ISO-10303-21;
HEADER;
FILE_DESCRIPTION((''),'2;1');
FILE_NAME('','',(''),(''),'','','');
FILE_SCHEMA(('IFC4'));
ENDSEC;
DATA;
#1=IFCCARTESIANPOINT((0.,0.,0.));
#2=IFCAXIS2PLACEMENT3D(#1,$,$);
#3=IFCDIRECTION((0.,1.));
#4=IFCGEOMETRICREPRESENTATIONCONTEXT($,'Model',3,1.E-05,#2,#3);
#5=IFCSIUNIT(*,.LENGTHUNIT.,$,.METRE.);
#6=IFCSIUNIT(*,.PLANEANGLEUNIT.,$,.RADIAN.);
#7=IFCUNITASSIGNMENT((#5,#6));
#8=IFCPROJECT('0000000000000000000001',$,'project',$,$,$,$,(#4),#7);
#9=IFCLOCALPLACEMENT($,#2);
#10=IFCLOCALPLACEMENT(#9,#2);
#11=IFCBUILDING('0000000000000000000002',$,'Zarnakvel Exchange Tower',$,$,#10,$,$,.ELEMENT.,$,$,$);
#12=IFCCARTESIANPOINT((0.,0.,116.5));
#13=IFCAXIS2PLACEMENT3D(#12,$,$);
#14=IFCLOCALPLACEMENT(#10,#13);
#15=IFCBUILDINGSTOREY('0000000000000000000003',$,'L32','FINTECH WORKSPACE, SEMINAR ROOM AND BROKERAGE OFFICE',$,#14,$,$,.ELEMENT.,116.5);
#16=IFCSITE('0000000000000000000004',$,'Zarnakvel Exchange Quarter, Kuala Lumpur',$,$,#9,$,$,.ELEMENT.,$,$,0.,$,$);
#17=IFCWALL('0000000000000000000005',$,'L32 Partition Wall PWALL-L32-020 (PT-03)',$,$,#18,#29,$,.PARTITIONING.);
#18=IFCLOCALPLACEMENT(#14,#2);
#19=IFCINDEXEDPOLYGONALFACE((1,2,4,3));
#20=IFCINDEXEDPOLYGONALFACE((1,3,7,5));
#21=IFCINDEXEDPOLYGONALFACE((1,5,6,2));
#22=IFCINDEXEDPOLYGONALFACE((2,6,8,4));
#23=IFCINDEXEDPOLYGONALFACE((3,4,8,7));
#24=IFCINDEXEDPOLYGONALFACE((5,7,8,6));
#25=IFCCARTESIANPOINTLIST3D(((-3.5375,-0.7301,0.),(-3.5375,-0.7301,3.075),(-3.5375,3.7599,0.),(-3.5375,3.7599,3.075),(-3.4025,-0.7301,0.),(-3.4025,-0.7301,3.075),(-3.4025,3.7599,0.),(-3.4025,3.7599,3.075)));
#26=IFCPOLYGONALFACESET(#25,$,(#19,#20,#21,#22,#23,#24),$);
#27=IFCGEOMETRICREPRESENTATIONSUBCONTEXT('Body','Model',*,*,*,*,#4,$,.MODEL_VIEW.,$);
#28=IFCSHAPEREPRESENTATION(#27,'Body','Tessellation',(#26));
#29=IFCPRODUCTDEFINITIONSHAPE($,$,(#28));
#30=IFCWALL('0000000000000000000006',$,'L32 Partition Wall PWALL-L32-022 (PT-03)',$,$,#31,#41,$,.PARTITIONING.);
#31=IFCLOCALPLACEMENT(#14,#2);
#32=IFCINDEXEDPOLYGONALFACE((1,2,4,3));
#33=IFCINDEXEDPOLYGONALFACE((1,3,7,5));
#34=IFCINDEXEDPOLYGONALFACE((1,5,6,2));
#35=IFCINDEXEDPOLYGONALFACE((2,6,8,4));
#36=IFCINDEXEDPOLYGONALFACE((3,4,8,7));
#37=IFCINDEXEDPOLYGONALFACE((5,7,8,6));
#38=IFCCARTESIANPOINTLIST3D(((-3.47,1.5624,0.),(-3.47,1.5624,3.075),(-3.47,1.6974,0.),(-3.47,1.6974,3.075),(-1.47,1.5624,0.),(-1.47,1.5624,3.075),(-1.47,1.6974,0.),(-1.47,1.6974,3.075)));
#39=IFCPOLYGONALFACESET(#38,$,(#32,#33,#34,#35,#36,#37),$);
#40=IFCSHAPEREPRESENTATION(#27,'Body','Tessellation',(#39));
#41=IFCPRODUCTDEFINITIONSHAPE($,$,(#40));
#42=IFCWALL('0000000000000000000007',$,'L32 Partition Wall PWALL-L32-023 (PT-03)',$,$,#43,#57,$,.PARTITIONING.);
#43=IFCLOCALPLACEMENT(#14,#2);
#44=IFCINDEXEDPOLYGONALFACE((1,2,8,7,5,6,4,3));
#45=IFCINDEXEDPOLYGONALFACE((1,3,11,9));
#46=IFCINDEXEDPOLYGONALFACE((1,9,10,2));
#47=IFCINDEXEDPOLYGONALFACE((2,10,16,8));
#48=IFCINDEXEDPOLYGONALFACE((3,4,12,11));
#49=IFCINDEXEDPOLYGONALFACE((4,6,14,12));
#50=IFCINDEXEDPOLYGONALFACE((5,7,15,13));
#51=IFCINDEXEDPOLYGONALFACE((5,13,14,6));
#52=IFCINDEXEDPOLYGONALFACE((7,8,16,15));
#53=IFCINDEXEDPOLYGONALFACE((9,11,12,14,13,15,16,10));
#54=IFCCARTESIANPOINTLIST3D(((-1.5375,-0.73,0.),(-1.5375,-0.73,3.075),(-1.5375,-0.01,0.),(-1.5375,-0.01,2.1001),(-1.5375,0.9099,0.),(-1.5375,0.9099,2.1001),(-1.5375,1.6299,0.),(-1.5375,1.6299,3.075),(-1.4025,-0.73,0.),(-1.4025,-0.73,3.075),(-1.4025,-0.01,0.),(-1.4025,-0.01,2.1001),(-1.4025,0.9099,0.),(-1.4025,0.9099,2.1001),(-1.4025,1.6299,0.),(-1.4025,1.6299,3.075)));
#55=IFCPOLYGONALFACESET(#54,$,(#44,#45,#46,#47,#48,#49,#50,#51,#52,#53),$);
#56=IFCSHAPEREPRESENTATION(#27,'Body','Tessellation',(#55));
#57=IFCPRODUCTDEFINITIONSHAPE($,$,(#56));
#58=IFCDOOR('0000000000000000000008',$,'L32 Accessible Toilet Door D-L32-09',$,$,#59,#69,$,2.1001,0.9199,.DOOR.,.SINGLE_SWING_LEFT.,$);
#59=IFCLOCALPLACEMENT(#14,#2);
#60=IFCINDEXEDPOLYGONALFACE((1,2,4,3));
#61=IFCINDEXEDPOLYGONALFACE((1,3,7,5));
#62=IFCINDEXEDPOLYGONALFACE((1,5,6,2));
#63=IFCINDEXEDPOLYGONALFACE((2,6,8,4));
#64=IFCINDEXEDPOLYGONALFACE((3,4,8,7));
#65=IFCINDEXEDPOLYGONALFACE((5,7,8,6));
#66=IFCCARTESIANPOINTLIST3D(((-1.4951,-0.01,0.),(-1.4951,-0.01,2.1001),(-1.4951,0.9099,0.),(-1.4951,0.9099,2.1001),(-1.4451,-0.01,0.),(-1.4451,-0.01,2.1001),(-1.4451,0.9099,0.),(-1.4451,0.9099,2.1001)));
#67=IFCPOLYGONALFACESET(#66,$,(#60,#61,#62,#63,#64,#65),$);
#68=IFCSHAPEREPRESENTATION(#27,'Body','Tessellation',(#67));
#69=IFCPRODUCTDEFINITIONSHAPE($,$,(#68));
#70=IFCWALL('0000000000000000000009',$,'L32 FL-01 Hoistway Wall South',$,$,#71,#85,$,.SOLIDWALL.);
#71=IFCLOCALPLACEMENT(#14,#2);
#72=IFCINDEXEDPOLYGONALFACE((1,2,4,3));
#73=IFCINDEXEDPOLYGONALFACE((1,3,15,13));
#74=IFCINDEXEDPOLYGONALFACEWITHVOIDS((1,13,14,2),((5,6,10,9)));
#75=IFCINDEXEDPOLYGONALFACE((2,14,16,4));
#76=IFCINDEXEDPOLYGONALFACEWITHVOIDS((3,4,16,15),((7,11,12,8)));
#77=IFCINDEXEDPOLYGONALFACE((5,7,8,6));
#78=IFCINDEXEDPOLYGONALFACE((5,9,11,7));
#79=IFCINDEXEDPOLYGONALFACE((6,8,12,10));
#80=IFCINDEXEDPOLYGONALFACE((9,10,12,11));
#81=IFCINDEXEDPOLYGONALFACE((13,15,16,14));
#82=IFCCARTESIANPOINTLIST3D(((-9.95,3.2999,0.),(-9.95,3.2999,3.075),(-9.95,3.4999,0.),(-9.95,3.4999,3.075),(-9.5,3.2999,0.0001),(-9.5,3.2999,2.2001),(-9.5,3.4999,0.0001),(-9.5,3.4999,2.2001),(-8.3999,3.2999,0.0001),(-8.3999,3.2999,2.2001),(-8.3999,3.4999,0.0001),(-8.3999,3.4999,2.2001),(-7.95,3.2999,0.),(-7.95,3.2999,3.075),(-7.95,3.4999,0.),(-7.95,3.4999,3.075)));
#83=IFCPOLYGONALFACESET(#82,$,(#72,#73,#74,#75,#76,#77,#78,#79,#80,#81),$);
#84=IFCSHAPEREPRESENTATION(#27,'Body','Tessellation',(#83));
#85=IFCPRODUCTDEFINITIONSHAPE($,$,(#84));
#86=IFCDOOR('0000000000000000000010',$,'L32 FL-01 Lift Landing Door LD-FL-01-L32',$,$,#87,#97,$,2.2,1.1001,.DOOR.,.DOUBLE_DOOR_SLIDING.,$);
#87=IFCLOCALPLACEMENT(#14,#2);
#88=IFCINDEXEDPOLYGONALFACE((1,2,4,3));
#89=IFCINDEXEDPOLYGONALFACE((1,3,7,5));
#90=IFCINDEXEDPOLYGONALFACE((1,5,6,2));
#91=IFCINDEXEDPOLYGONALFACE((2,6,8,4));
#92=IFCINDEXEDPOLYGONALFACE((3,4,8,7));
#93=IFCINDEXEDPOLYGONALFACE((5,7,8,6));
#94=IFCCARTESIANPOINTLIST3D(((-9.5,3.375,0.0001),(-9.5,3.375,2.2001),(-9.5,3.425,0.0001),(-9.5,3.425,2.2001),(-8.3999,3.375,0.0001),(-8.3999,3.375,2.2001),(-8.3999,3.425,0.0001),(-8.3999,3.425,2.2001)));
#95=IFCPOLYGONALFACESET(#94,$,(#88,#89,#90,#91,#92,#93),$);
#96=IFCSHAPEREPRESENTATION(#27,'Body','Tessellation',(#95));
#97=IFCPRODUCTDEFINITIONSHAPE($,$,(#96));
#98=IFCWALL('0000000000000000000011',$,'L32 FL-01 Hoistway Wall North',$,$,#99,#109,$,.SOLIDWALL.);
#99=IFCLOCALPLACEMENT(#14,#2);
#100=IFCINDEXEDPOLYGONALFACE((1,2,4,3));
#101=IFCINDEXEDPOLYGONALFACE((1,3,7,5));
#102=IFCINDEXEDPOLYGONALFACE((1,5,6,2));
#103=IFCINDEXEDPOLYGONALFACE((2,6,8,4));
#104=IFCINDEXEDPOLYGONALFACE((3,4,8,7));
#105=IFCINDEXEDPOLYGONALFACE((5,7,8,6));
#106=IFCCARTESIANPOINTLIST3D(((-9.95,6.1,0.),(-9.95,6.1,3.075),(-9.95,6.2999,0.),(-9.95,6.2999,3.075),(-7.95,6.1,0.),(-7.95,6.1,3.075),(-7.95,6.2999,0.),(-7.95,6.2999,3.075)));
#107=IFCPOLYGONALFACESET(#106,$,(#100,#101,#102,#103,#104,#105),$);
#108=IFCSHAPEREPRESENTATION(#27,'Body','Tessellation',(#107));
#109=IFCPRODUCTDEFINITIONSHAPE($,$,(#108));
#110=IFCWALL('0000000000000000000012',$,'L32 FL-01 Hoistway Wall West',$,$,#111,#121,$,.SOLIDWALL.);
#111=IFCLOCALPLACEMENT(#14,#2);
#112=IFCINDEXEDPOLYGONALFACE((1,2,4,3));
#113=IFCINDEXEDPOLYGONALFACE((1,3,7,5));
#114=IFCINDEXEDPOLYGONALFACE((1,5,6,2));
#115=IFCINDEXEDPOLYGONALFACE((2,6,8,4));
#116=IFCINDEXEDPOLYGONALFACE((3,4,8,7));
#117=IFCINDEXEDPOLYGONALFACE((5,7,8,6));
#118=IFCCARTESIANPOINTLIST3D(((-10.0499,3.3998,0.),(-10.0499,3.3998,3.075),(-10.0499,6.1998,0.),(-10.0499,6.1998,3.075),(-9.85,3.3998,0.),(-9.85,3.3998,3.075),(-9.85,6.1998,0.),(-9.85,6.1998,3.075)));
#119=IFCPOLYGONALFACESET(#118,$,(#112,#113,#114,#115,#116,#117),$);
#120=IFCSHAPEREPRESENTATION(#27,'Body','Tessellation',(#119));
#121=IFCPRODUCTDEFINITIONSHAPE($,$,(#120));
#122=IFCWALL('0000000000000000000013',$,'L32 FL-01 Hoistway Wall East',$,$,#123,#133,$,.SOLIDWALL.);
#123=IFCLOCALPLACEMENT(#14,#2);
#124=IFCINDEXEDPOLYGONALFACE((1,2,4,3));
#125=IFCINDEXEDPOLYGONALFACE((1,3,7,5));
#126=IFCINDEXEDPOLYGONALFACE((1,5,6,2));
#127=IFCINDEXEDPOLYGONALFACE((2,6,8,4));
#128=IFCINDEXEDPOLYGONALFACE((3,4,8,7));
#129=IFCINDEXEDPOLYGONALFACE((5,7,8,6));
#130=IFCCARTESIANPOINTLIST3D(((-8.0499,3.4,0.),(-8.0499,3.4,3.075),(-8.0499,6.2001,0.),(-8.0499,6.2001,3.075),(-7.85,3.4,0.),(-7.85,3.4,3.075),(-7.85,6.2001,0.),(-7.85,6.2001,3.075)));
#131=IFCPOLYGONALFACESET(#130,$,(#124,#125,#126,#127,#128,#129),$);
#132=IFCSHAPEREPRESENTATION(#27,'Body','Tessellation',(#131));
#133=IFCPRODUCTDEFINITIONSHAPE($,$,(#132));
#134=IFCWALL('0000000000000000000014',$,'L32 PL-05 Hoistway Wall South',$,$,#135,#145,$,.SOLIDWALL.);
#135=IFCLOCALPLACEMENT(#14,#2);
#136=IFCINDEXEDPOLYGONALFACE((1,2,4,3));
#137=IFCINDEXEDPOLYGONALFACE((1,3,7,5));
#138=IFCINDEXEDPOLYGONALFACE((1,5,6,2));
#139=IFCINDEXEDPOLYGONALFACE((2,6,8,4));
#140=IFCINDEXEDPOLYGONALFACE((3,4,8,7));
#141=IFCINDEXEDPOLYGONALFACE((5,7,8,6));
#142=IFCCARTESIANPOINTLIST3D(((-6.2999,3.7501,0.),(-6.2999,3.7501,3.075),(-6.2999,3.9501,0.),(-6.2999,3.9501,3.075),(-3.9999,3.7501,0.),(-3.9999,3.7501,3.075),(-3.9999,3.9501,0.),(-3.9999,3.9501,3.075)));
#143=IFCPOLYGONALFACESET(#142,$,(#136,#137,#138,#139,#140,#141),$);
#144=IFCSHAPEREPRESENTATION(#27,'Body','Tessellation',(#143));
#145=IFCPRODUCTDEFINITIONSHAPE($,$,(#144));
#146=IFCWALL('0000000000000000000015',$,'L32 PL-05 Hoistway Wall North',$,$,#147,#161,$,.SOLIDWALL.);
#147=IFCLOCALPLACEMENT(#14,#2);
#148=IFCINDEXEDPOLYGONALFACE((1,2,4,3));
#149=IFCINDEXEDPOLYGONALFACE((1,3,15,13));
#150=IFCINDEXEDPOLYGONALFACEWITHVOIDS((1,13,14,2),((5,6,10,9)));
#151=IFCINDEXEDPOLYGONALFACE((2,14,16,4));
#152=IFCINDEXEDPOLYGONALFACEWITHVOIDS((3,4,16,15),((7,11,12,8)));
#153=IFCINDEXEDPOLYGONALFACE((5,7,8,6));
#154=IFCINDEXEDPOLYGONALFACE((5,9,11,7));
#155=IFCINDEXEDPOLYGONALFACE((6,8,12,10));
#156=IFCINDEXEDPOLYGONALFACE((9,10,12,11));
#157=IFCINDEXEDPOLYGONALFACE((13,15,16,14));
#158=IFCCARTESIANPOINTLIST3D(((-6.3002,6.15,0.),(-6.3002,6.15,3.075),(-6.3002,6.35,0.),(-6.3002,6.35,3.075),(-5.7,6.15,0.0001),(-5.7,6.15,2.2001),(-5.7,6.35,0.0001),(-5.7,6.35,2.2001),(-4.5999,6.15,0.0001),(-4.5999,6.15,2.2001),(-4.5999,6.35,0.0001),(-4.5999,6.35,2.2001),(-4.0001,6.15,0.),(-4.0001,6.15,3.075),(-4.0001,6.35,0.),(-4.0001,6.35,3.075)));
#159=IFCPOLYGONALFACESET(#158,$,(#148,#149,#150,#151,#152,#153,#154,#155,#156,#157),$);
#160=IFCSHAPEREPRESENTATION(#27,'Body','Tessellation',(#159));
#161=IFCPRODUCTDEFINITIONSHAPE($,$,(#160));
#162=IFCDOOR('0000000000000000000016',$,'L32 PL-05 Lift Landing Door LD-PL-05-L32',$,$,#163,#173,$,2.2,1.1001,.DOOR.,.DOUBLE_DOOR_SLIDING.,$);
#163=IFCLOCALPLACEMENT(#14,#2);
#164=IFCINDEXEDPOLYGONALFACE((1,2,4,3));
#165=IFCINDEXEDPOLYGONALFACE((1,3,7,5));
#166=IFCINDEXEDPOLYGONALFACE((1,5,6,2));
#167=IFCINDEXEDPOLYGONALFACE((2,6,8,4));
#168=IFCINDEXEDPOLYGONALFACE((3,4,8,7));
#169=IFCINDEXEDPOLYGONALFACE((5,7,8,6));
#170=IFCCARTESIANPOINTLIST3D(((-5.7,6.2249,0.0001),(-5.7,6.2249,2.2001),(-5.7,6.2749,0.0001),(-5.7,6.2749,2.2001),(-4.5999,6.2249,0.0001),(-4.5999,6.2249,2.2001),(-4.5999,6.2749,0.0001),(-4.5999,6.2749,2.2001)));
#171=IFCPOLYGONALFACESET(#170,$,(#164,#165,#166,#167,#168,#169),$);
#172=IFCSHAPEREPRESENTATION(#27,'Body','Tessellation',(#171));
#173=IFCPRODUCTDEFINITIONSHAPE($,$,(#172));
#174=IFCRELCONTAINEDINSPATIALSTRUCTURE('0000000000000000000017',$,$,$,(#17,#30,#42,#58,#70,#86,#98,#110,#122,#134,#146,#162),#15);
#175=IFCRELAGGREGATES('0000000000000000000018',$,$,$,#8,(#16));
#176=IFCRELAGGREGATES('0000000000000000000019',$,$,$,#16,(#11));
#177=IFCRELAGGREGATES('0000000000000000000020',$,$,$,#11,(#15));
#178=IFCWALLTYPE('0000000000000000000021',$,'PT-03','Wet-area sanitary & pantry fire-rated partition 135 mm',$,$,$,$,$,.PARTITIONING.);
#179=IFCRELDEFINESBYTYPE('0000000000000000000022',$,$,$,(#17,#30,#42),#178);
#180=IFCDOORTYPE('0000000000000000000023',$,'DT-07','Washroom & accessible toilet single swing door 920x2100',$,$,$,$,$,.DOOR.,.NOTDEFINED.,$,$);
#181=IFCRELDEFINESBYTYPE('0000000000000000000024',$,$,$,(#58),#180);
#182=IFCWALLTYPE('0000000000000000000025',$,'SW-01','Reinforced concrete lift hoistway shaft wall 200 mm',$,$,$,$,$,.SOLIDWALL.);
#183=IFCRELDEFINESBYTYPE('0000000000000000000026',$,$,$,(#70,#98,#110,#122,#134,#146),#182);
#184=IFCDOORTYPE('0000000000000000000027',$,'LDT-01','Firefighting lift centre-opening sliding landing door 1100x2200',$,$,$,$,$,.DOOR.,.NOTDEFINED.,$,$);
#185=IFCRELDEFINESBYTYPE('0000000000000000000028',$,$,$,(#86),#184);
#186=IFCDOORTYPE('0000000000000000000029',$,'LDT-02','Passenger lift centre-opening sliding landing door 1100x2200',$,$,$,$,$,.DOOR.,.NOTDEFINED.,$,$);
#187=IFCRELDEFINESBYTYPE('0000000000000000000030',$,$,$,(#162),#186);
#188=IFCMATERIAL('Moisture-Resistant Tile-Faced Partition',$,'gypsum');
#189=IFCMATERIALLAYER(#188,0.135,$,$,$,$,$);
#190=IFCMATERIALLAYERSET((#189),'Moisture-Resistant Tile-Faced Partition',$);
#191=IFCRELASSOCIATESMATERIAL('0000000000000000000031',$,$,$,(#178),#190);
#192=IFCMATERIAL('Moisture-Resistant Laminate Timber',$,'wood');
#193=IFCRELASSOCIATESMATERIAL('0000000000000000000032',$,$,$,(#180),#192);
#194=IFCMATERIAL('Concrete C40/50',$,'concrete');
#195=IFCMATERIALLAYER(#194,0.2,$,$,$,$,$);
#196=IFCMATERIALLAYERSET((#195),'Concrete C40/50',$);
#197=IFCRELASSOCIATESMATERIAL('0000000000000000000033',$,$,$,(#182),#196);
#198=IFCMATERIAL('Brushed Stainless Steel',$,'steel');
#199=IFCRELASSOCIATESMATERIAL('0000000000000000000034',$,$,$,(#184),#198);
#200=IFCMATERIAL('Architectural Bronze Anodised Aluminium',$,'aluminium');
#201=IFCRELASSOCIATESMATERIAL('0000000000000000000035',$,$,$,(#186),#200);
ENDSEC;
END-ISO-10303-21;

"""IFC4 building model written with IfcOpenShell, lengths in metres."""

from ifc_helpers import new_model, si_unit, direction, frame, frame_2d, origin, place, context, subcontext, project, spatial, rectangle, extrude, source, transform, mapped, material, layer, layer_set, type_object, element, fill, save


model = new_model("IFC4")

# Units and contexts
model_context = context("Model", 3, precision=1e-05, world=origin(), true_north=direction((0.0, 1.0)))
body_context = subcontext(model_context, "Body", "Model", "MODEL_VIEW")
ifc_project = project(units=[si_unit("LENGTHUNIT", "METRE"), si_unit("PLANEANGLEUNIT", "RADIAN")], contexts=[model_context])

# Site, building, storey
site_placement = place(None, origin())
site = spatial("IfcSite", under=ifc_project, at=site_placement, Name="Zarnakvel Exchange Quarter, Kuala Lumpur", CompositionType="ELEMENT", RefElevation=0.0)
building_placement = place(site_placement, origin())
building = spatial("IfcBuilding", under=site, at=building_placement, Name="Zarnakvel Exchange Tower", CompositionType="ELEMENT")
storey_placement = place(building_placement, frame((0.0, 0.0, 116.5)))
storey = spatial("IfcBuildingStorey", under=building, at=storey_placement, Name="L32", Description="FINTECH WORKSPACE, SEMINAR ROOM AND BROKERAGE OFFICE", CompositionType="ELEMENT", Elevation=116.5)

# Shared definitions
ifc_material_1 = material(Name="Concrete C40/50", Category="concrete")

# Walls
ifc_material_2 = material(Name="Moisture-Resistant Tile-Faced Partition", Category="gypsum")
ifc_layer_1 = layer(ifc_material_2, 0.135)
ifc_layer_set_1 = layer_set([ifc_layer_1], Name="Moisture-Resistant Tile-Faced Partition")
wall_type_1 = type_object("IfcWallType", Name="PT-03", Description="Wet-area sanitary & pantry fire-rated partition 135 mm", PredefinedType="PARTITIONING", material=ifc_layer_set_1)
wall_1_placement = place(storey_placement, frame((-3.47, 3.76, 0.0), z_axis=(0.0, 0.0, 1.0), x_axis=(0.0, -1.0, 0.0)))
element("IfcWall", 1, at=wall_1_placement, inside=storey, type_object=wall_type_1, Name="L32 Partition Wall PWALL-L32-020 (PT-03)", PredefinedType="PARTITIONING", context=body_context, shape_type="SweptSolid", body=[
    extrude(rectangle(XDim=4.49, YDim=0.135, at=frame_2d((2.2451, 0.0))), origin(), (0.0, 0.0, 1.0), 3.075),
])
wall_2_placement = place(storey_placement, frame((-3.47, 1.6299, 0.0), z_axis=(0.0, 0.0, 1.0), x_axis=(1.0, 0.0, 0.0)))
element("IfcWall", 2, at=wall_2_placement, inside=storey, type_object=wall_type_1, Name="L32 Partition Wall PWALL-L32-022 (PT-03)", PredefinedType="PARTITIONING", context=body_context, shape_type="SweptSolid", body=[
    extrude(rectangle(XDim=2.0, YDim=0.135, at=frame_2d((1.0, 0.0))), origin(), (0.0, 0.0, 1.0), 3.075),
])

# Walls, openings, doors
wall_3_placement = place(storey_placement, frame((-1.47, 1.6299, 0.0), z_axis=(0.0, 0.0, 1.0), x_axis=(0.0, -1.0, 0.0)))
wall_3 = element("IfcWall", 3, at=wall_3_placement, inside=storey, type_object=wall_type_1, Name="L32 Partition Wall PWALL-L32-023 (PT-03)", PredefinedType="PARTITIONING", context=body_context, shape_type="SweptSolid", body=[
    extrude(rectangle(XDim=2.3599, YDim=0.135, at=frame_2d((1.1799, 0.0))), origin(), (0.0, 0.0, 1.0), 3.075),
])
opening_1_placement = place(wall_3_placement, frame((0.72, 0.0, 0.0)))
opening_1 = element("IfcOpeningElement", 4, at=opening_1_placement, cuts=wall_3, PredefinedType="OPENING", context=body_context, shape_type="SweptSolid", body=[
    extrude(rectangle(XDim=0.9199, YDim=2.1001, at=frame_2d((0.46, 1.05))), frame((0.0, 0.0774, 0.0), z_axis=(0.0, -1.0, 0.0), x_axis=(1.0, 0.0, 0.0)), (0.0, 0.0, 1.0), 0.155),
])
ifc_material_3 = material(Name="Moisture-Resistant Laminate Timber", Category="wood")
door_type_1 = type_object("IfcDoorType", Name="DT-07", Description="Washroom & accessible toilet single swing door 920x2100", OperationType="NOTDEFINED", PredefinedType="DOOR", material=ifc_material_3)
shared_shape_1 = source(origin(), body_context, "Body", "SweptSolid", [
    extrude(rectangle(XDim=0.9199, YDim=2.1001, at=frame_2d((0.46, 1.05))), frame((0.0, 0.0249, 0.0), z_axis=(0.0, -1.0, 0.0), x_axis=(1.0, 0.0, 0.0)), (0.0, 0.0, 1.0), 0.05),
])
door_1_placement = place(opening_1_placement, origin())
door_1 = element("IfcDoor", 5, at=door_1_placement, inside=storey, type_object=door_type_1, Name="L32 Accessible Toilet Door D-L32-09", OperationType="SINGLE_SWING_LEFT", OverallHeight=2.1001, OverallWidth=0.9199, PredefinedType="DOOR", context=body_context, shape_type="MappedRepresentation", body=[
    mapped(shared_shape_1, transform((0.0, 0.0, 0.0), x_axis=(1.0, 0.0, 0.0), y_axis=(0.0, 1.0, 0.0), z_axis=(0.0, 0.0, 1.0), scale=1.0)),
])
fill(opening_1, door_1)
ifc_layer_2 = layer(ifc_material_1, 0.2)
ifc_layer_set_2 = layer_set([ifc_layer_2], Name="Concrete C40/50")
wall_type_2 = type_object("IfcWallType", Name="SW-01", Description="Reinforced concrete lift hoistway shaft wall 200 mm", PredefinedType="SOLIDWALL", material=ifc_layer_set_2)
wall_4_placement = place(storey_placement, frame((-7.95, 3.3999, 0.0), z_axis=(0.0, 0.0, 1.0), x_axis=(-1.0, 0.0, 0.0)))
wall_4 = element("IfcWall", 6, at=wall_4_placement, inside=storey, type_object=wall_type_2, Name="L32 FL-01 Hoistway Wall South", PredefinedType="SOLIDWALL", context=body_context, shape_type="SweptSolid", body=[
    extrude(rectangle(XDim=2.0, YDim=0.2, at=frame_2d((1.0, 0.0))), origin(), (0.0, 0.0, 1.0), 3.075),
])
opening_2_placement = place(wall_4_placement, frame((0.45, 0.0, 0.0)))
opening_2 = element("IfcOpeningElement", 7, at=opening_2_placement, cuts=wall_4, PredefinedType="OPENING", context=body_context, shape_type="SweptSolid", body=[
    extrude(rectangle(XDim=1.1001, YDim=2.2, at=frame_2d((0.55, 1.1001))), frame((0.0, 0.1099, 0.0), z_axis=(0.0, -1.0, 0.0), x_axis=(1.0, 0.0, 0.0)), (0.0, 0.0, 1.0), 0.22),
])
ifc_material_4 = material(Name="Brushed Stainless Steel", Category="steel")
door_type_2 = type_object("IfcDoorType", Name="LDT-01", Description="Firefighting lift centre-opening sliding landing door 1100x2200", OperationType="NOTDEFINED", PredefinedType="DOOR", material=ifc_material_4)
shared_shape_2 = source(origin(), body_context, "Body", "SweptSolid", [
    extrude(rectangle(XDim=1.1001, YDim=2.2, at=frame_2d((0.55, 1.1001))), frame((0.0, 0.0249, 0.0), z_axis=(0.0, -1.0, 0.0), x_axis=(1.0, 0.0, 0.0)), (0.0, 0.0, 1.0), 0.05),
])
door_2_placement = place(opening_2_placement, origin())
door_2 = element("IfcDoor", 8, at=door_2_placement, inside=storey, type_object=door_type_2, Name="L32 FL-01 Lift Landing Door LD-FL-01-L32", OperationType="DOUBLE_DOOR_SLIDING", OverallHeight=2.2, OverallWidth=1.1001, PredefinedType="DOOR", context=body_context, shape_type="MappedRepresentation", body=[
    mapped(shared_shape_2, transform((0.0, 0.0, 0.0), x_axis=(1.0, 0.0, 0.0), y_axis=(0.0, 1.0, 0.0), z_axis=(0.0, 0.0, 1.0), scale=1.0)),
])
fill(opening_2, door_2)

# Walls
wall_5_placement = place(storey_placement, frame((-9.95, 6.2, 0.0), z_axis=(0.0, 0.0, 1.0), x_axis=(1.0, 0.0, 0.0)))
element("IfcWall", 9, at=wall_5_placement, inside=storey, type_object=wall_type_2, Name="L32 FL-01 Hoistway Wall North", PredefinedType="SOLIDWALL", context=body_context, shape_type="SweptSolid", body=[
    extrude(rectangle(XDim=2.0, YDim=0.2, at=frame_2d((1.0, 0.0))), origin(), (0.0, 0.0, 1.0), 3.075),
])
for number, where, z_axis, x_axis, name in (
    (10, (-9.95, 3.3999, 0.0), (0.0, 0.0, 1.0), (0.0, 1.0, 0.0), "L32 FL-01 Hoistway Wall West"),
    (11, (-7.95, 6.2, 0.0), (0.0, 0.0, 1.0), (0.0, -1.0, 0.0), "L32 FL-01 Hoistway Wall East"),
):
    element("IfcWall", number, at=place(storey_placement, frame(where, z_axis=z_axis, x_axis=x_axis)), inside=storey, type_object=wall_type_2, Name=name, PredefinedType="SOLIDWALL", context=body_context, shape_type="SweptSolid", body=[
        extrude(rectangle(XDim=2.8, YDim=0.2, at=frame_2d((1.3999, 0.0))), origin(), (0.0, 0.0, 1.0), 3.075),
    ])
wall_6_placement = place(storey_placement, frame((-4.0, 3.8501, 0.0), z_axis=(0.0, 0.0, 1.0), x_axis=(-1.0, 0.0, 0.0)))
element("IfcWall", 12, at=wall_6_placement, inside=storey, type_object=wall_type_2, Name="L32 PL-05 Hoistway Wall South", PredefinedType="SOLIDWALL", context=body_context, shape_type="SweptSolid", body=[
    extrude(rectangle(XDim=2.3, YDim=0.2, at=frame_2d((1.1499, 0.0))), origin(), (0.0, 0.0, 1.0), 3.075),
])

# Wall, opening, door
wall_7_placement = place(storey_placement, frame((-6.3, 6.25, 0.0), z_axis=(0.0, 0.0, 1.0), x_axis=(1.0, 0.0, 0.0)))
wall_7 = element("IfcWall", 13, at=wall_7_placement, inside=storey, type_object=wall_type_2, Name="L32 PL-05 Hoistway Wall North", PredefinedType="SOLIDWALL", context=body_context, shape_type="SweptSolid", body=[
    extrude(rectangle(XDim=2.3, YDim=0.2, at=frame_2d((1.1499, 0.0))), origin(), (0.0, 0.0, 1.0), 3.075),
])
opening_3_placement = place(wall_7_placement, frame((0.6001, 0.0, 0.0)))
opening_3 = element("IfcOpeningElement", 14, at=opening_3_placement, cuts=wall_7, PredefinedType="OPENING", context=body_context, shape_type="SweptSolid", body=[
    extrude(rectangle(XDim=1.1001, YDim=2.2, at=frame_2d((0.55, 1.1001))), frame((0.0, 0.1099, 0.0), z_axis=(0.0, -1.0, 0.0), x_axis=(1.0, 0.0, 0.0)), (0.0, 0.0, 1.0), 0.22),
])
ifc_material_5 = material(Name="Architectural Bronze Anodised Aluminium", Category="aluminium")
door_type_3 = type_object("IfcDoorType", Name="LDT-02", Description="Passenger lift centre-opening sliding landing door 1100x2200", OperationType="NOTDEFINED", PredefinedType="DOOR", material=ifc_material_5)
door_3_placement = place(opening_3_placement, origin())
door_3 = element("IfcDoor", 15, at=door_3_placement, inside=storey, type_object=door_type_3, Name="L32 PL-05 Lift Landing Door LD-PL-05-L32", OperationType="DOUBLE_DOOR_SLIDING", OverallHeight=2.2, OverallWidth=1.1001, PredefinedType="DOOR", context=body_context, shape_type="MappedRepresentation", body=[
    mapped(shared_shape_2, transform((0.0, 0.0, 0.0), x_axis=(1.0, 0.0, 0.0), y_axis=(0.0, 1.0, 0.0), z_axis=(0.0, 0.0, 1.0), scale=1.0)),
])
fill(opening_3, door_3)

save(model, "model.ifc")
